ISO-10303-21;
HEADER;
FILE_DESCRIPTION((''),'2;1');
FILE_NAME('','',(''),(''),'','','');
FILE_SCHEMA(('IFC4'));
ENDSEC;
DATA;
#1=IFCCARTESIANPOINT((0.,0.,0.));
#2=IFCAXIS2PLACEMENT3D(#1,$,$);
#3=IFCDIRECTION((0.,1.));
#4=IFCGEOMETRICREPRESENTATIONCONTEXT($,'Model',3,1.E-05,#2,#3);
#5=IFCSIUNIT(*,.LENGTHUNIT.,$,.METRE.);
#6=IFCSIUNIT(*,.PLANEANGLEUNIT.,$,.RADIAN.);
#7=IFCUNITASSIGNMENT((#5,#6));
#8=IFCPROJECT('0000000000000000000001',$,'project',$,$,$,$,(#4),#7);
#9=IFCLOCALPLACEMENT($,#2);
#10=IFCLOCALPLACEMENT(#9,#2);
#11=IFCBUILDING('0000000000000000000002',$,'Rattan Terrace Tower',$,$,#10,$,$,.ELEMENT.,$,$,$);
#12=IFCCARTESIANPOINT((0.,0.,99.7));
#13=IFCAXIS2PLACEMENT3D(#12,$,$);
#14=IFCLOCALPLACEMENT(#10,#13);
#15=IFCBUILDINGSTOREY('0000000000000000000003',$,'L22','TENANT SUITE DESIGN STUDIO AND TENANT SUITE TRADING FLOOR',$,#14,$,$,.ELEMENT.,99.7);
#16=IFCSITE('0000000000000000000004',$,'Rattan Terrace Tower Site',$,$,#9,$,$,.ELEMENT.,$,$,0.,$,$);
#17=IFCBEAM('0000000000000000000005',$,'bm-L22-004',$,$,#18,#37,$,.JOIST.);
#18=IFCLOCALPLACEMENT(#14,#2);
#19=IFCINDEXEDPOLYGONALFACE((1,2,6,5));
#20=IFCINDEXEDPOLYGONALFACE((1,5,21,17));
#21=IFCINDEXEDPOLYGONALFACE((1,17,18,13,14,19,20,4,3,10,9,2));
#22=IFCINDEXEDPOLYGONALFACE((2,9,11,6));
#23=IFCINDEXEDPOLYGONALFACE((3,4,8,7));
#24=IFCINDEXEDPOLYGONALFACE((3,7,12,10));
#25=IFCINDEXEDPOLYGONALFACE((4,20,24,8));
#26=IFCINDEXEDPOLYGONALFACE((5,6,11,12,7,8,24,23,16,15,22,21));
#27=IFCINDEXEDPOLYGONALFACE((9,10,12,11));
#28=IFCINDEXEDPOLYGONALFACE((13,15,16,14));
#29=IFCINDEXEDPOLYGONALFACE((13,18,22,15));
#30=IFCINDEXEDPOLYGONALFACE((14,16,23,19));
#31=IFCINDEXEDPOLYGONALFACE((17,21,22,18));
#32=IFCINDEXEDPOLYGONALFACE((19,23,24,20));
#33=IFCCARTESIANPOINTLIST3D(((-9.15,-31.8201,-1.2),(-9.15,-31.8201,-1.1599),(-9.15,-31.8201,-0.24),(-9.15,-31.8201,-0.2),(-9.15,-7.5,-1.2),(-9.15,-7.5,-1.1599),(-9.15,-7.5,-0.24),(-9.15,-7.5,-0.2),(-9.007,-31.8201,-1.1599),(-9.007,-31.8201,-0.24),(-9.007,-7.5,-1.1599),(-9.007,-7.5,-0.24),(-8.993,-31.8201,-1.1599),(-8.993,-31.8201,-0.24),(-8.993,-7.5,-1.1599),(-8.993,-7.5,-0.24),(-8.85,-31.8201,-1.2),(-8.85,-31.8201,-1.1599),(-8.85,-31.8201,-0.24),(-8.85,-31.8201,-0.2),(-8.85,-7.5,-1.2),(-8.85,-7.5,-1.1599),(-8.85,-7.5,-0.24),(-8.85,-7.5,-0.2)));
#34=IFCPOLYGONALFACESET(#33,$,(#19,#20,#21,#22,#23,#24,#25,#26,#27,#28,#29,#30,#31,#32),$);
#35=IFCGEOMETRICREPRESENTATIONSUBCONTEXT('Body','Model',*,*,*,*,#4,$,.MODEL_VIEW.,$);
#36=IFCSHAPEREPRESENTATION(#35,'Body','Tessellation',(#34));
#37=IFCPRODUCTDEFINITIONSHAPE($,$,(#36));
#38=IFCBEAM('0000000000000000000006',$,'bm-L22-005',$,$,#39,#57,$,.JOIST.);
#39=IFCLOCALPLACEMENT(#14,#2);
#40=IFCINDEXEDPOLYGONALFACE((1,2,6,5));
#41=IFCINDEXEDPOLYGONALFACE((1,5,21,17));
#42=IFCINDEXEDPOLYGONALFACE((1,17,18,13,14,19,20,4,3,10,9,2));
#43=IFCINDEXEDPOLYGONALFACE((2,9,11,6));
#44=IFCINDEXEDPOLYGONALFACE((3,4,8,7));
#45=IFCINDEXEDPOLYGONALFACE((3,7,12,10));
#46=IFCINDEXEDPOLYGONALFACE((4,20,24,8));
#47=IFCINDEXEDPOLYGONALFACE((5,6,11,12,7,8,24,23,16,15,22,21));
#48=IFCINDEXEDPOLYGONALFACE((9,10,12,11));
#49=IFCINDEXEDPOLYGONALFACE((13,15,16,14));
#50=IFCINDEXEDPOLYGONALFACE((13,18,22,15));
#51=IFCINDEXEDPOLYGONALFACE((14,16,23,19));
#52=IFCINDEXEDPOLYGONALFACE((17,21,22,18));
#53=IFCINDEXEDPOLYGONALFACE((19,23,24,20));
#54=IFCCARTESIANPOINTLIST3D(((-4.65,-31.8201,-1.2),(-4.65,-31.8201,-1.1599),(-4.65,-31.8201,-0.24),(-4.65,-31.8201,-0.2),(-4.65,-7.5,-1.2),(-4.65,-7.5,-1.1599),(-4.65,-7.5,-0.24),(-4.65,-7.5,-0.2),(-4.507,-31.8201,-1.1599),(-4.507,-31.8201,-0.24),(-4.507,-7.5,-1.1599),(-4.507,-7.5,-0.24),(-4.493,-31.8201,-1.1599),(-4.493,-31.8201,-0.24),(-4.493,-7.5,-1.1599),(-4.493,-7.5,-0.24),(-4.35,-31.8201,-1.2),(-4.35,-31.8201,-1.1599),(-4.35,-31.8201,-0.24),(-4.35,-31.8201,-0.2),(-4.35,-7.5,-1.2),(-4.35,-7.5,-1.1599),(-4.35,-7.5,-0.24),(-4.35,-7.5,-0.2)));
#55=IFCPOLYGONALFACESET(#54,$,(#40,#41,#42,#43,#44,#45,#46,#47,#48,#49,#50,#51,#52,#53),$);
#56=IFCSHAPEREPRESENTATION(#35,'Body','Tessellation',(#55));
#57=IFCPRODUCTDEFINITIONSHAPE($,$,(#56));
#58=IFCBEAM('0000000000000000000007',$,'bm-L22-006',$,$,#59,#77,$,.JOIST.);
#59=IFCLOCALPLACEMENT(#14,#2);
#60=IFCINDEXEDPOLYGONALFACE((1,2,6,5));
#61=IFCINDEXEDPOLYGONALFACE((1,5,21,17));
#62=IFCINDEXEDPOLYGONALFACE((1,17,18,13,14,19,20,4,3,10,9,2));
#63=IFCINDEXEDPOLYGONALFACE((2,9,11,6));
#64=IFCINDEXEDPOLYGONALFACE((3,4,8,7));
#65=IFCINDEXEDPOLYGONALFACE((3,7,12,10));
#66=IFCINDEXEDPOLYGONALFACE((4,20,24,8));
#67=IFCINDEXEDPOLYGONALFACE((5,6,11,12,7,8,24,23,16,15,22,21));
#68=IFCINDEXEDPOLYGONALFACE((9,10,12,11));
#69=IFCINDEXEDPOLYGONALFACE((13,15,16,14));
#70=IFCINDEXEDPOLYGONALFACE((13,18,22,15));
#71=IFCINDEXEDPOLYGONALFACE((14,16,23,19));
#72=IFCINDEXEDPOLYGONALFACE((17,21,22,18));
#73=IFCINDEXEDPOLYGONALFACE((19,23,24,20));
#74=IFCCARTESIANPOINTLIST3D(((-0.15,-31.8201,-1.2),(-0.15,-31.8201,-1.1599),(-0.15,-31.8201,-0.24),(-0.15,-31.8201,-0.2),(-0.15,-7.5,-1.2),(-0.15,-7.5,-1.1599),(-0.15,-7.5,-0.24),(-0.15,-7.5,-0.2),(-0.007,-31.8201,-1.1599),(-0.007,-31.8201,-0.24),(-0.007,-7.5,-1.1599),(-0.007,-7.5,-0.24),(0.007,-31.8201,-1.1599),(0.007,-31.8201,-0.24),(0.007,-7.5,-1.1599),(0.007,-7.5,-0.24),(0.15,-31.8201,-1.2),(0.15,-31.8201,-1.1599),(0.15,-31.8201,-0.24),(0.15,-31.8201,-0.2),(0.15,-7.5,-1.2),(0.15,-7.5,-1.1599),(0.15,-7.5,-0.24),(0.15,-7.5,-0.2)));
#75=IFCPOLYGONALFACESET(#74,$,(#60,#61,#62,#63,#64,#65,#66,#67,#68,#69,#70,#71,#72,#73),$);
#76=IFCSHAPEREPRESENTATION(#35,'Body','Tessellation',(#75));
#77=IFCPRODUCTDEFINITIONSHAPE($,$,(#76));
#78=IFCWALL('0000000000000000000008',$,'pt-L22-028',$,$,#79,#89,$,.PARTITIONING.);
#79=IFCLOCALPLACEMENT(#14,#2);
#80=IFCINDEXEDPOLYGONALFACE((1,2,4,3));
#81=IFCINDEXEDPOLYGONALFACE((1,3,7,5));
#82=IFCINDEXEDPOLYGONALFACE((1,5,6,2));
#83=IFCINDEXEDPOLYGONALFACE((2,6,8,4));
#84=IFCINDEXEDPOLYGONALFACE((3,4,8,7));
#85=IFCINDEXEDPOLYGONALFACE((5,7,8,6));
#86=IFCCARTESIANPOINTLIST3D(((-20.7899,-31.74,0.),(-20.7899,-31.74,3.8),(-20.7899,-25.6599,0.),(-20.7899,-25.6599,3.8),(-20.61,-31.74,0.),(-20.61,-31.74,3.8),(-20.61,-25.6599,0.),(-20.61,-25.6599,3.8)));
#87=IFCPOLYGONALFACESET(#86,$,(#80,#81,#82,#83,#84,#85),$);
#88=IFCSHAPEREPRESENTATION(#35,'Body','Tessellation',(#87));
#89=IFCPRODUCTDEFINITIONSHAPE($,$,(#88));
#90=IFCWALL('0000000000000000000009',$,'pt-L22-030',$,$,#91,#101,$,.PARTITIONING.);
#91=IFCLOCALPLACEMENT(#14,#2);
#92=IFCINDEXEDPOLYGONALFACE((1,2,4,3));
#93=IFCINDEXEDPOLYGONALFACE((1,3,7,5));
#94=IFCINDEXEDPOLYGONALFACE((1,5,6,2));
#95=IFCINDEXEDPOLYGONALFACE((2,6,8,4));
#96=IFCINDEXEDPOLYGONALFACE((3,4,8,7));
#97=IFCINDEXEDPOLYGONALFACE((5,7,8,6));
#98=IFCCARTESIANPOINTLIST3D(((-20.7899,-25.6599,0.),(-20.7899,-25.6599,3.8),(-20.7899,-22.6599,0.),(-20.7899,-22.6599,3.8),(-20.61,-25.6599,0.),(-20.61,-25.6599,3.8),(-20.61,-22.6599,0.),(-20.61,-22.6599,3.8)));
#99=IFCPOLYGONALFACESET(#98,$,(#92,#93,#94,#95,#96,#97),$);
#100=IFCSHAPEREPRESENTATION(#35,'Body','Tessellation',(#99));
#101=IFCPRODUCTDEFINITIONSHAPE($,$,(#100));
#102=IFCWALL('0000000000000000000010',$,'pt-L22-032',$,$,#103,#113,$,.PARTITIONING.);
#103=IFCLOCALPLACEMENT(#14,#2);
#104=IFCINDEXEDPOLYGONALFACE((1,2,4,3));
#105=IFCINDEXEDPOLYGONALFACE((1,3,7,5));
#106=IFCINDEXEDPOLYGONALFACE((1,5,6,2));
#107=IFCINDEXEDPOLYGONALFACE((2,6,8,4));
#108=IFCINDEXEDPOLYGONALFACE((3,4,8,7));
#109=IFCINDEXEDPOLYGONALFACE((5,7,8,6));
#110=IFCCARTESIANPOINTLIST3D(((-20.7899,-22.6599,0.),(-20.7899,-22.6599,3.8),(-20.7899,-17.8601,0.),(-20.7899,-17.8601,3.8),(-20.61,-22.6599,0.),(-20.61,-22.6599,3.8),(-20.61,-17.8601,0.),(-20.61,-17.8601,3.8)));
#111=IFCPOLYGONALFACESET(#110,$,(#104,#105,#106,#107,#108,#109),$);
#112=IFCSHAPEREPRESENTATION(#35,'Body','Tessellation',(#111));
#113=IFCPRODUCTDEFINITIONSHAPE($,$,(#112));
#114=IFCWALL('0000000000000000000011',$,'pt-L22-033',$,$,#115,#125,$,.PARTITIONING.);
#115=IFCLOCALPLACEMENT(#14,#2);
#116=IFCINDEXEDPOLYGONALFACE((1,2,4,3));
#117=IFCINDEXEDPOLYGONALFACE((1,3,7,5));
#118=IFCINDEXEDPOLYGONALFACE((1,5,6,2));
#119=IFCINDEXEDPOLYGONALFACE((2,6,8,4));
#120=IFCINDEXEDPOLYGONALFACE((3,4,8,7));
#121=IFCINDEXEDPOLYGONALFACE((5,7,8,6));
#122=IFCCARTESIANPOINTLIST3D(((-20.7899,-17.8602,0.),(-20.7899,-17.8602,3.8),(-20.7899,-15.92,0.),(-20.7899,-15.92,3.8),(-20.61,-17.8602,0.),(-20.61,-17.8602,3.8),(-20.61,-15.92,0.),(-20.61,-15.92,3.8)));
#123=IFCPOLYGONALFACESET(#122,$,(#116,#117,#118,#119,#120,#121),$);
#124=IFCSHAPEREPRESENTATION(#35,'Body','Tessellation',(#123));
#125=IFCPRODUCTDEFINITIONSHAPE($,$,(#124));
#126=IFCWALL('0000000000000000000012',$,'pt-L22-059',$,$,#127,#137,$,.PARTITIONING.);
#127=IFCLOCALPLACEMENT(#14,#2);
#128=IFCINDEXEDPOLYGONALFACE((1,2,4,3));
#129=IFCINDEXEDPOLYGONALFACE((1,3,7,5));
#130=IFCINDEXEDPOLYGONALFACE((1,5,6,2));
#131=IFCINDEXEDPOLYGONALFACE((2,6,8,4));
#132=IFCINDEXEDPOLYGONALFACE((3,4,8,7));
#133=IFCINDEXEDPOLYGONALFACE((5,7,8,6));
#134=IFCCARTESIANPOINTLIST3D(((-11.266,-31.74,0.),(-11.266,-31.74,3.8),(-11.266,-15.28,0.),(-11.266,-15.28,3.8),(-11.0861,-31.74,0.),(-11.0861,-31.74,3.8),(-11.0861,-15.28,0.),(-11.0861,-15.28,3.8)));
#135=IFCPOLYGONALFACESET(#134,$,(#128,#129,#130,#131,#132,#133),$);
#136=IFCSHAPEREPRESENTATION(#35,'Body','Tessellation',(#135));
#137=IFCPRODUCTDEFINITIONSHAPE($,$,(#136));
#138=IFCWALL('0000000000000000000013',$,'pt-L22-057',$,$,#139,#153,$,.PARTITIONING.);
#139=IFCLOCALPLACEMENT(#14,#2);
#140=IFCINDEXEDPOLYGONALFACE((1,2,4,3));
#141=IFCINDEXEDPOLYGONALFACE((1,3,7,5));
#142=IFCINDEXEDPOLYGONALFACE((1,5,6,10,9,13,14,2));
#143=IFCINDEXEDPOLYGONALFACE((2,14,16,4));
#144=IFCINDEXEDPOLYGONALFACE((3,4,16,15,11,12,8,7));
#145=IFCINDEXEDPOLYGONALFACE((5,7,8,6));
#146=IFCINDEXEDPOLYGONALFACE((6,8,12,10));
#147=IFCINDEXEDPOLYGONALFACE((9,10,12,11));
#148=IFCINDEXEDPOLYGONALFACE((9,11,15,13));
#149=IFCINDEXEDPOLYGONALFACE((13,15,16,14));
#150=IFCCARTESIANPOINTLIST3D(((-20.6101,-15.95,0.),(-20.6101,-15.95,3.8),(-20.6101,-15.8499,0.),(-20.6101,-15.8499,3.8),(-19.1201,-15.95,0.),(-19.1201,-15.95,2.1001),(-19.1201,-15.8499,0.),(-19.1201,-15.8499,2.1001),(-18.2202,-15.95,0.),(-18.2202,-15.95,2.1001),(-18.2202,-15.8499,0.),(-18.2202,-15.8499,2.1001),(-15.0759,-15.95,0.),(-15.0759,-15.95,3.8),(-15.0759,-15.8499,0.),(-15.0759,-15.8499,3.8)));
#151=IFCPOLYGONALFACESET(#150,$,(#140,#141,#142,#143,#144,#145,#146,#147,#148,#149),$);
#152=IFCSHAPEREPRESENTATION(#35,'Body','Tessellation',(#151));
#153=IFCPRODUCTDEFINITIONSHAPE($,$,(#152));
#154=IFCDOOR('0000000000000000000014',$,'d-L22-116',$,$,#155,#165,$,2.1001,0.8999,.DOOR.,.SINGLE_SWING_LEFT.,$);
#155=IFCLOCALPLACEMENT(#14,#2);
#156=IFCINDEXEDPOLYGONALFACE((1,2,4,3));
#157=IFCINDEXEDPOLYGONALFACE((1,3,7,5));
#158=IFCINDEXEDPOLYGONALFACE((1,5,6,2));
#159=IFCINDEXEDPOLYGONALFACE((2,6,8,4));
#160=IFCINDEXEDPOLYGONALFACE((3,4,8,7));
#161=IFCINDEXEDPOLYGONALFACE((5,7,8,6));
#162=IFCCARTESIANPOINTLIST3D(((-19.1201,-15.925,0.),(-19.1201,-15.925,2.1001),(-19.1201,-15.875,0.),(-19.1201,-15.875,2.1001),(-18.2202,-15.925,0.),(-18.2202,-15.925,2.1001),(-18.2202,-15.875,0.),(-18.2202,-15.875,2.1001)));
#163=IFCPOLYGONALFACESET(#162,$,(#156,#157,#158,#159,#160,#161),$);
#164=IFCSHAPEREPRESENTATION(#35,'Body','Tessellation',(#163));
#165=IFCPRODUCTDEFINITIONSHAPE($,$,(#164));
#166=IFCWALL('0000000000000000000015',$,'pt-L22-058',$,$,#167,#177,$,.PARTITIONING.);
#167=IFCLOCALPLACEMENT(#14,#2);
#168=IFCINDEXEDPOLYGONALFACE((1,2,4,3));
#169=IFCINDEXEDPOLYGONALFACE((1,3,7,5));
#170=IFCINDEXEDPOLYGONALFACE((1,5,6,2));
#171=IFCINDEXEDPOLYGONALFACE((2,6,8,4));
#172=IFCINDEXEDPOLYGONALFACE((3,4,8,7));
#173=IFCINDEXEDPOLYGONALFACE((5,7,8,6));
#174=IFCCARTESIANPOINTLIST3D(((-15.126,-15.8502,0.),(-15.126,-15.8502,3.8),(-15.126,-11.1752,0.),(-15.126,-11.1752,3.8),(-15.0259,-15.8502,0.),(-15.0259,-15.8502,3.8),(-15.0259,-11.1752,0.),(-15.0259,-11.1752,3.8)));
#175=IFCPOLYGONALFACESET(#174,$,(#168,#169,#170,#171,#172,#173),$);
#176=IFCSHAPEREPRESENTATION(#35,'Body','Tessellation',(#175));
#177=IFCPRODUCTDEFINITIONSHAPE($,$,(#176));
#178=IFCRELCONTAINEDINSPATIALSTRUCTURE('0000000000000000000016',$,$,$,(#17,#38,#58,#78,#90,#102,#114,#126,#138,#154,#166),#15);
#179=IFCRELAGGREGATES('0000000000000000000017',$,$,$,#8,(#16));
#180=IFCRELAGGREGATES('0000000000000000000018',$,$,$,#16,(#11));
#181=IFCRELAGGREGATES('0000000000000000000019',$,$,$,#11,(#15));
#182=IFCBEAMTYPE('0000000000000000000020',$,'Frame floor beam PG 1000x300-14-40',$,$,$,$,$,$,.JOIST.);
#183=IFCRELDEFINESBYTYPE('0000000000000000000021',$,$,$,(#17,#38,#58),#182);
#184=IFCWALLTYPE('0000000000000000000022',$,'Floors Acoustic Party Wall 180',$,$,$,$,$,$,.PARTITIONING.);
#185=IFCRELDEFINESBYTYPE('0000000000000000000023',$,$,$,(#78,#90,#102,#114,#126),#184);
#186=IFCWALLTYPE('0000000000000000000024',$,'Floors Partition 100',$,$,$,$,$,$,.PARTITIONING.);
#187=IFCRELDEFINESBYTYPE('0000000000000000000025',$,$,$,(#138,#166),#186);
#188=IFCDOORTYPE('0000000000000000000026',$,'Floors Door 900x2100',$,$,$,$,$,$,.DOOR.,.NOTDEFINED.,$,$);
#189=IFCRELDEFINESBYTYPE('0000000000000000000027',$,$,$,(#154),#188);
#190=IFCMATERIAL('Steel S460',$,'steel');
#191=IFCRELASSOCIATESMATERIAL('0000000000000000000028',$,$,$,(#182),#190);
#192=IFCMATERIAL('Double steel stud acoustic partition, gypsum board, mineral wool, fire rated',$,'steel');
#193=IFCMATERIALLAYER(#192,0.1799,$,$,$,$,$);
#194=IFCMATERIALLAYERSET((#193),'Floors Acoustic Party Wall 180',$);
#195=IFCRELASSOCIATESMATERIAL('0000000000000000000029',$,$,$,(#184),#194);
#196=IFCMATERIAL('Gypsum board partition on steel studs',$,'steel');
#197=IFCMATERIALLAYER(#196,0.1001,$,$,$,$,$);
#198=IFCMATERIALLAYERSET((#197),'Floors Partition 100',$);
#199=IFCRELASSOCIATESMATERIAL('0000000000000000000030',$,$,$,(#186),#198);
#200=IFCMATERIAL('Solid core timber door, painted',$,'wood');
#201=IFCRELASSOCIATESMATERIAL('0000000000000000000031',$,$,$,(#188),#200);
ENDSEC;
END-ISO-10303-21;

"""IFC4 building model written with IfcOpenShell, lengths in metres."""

from ifc_helpers import new_model, si_unit, direction, frame, frame_2d, origin, origin_2d, place, context, subcontext, project, spatial, rectangle, i_section, extrude, material, layer, layer_set, material_profile, profile_set, type_object, element, fill, save


model = new_model("IFC4")

# Units and contexts
model_context = context("Model", 3, precision=1e-05, world=origin(), true_north=direction((0.0, 1.0)))
body_context = subcontext(model_context, "Body", "Model", "MODEL_VIEW")
ifc_project = project(units=[si_unit("LENGTHUNIT", "METRE"), si_unit("PLANEANGLEUNIT", "RADIAN")], contexts=[model_context])

# Site, building, storey
site_placement = place(None, origin())
site = spatial("IfcSite", under=ifc_project, at=site_placement, Name="Rattan Terrace Tower Site", CompositionType="ELEMENT", RefElevation=0.0)
building_placement = place(site_placement, origin())
building = spatial("IfcBuilding", under=site, at=building_placement, Name="Rattan Terrace Tower", CompositionType="ELEMENT")
storey_placement = place(building_placement, frame((0.0, 0.0, 99.7)))
storey = spatial("IfcBuildingStorey", under=building, at=storey_placement, Name="L22", Description="TENANT SUITE DESIGN STUDIO AND TENANT SUITE TRADING FLOOR", CompositionType="ELEMENT", Elevation=99.7)

# Beams
ifc_material_1 = material(Name="Steel S460", Category="steel")
ifc_material_profile = material_profile(ifc_material_1, i_section(OverallWidth=0.3, OverallDepth=1.0, WebThickness=0.0139, FlangeThickness=0.04, at=origin_2d()), Name="PG 1000x300-14-40")
ifc_profile_set = profile_set([ifc_material_profile], Name="Steel S460")
beam_type = type_object("IfcBeamType", Name="Frame floor beam PG 1000x300-14-40", PredefinedType="JOIST", material=ifc_profile_set)
for number, where, z_axis, x_axis, name in (
    (1, (-9.0, -31.8201, -0.7), (0.0, 1.0, 0.0), (-1.0, 0.0, 0.0), "bm-L22-004"),
    (2, (-4.5, -31.8201, -0.7), (0.0, 1.0, 0.0), (-1.0, 0.0, 0.0), "bm-L22-005"),
    (3, (0.0, -31.8201, -0.7), (0.0, 1.0, 0.0), (-1.0, 0.0, 0.0), "bm-L22-006"),
):
    element("IfcBeam", number, at=place(storey_placement, frame(where, z_axis=z_axis, x_axis=x_axis)), inside=storey, type_object=beam_type, Name=name, PredefinedType="JOIST", context=body_context, shape_type="SweptSolid", body=[
        extrude(i_section(OverallWidth=0.3, OverallDepth=1.0, WebThickness=0.0139, FlangeThickness=0.04, at=origin_2d()), origin(), (0.0, 0.0, 1.0), 24.3201),
    ])

# Walls
ifc_material_2 = material(Name="Double steel stud acoustic partition, gypsum board, mineral wool, fire rated", Category="steel")
ifc_layer_1 = layer(ifc_material_2, 0.1799)
ifc_layer_set_1 = layer_set([ifc_layer_1], Name="Floors Acoustic Party Wall 180")
wall_type_1 = type_object("IfcWallType", Name="Floors Acoustic Party Wall 180", PredefinedType="PARTITIONING", material=ifc_layer_set_1)
wall_1_placement = place(storey_placement, frame((-20.7, -25.6599, 0.0), z_axis=(0.0, 0.0, 1.0), x_axis=(0.0, -1.0, 0.0)))
element("IfcWall", 4, at=wall_1_placement, inside=storey, type_object=wall_type_1, Name="pt-L22-028", PredefinedType="PARTITIONING", context=body_context, shape_type="SweptSolid", body=[
    extrude(rectangle(XDim=6.0801, YDim=0.1799, at=frame_2d((3.04, 0.0))), origin(), (0.0, 0.0, 1.0), 3.8),
])
wall_2_placement = place(storey_placement, frame((-20.7, -22.6599, 0.0), z_axis=(0.0, 0.0, 1.0), x_axis=(0.0, -1.0, 0.0)))
element("IfcWall", 5, at=wall_2_placement, inside=storey, type_object=wall_type_1, Name="pt-L22-030", PredefinedType="PARTITIONING", context=body_context, shape_type="SweptSolid", body=[
    extrude(rectangle(XDim=3.0, YDim=0.1799, at=frame_2d((1.5, 0.0))), origin(), (0.0, 0.0, 1.0), 3.8),
])
wall_3_placement = place(storey_placement, frame((-20.7, -17.8601, 0.0), z_axis=(0.0, 0.0, 1.0), x_axis=(0.0, -1.0, 0.0)))
element("IfcWall", 6, at=wall_3_placement, inside=storey, type_object=wall_type_1, Name="pt-L22-032", PredefinedType="PARTITIONING", context=body_context, shape_type="SweptSolid", body=[
    extrude(rectangle(XDim=4.7998, YDim=0.1799, at=frame_2d((2.3999, 0.0))), origin(), (0.0, 0.0, 1.0), 3.8),
])
wall_4_placement = place(storey_placement, frame((-20.7, -15.9199, 0.0), z_axis=(0.0, 0.0, 1.0), x_axis=(0.0, -1.0, 0.0)))
element("IfcWall", 7, at=wall_4_placement, inside=storey, type_object=wall_type_1, Name="pt-L22-033", PredefinedType="PARTITIONING", context=body_context, shape_type="SweptSolid", body=[
    extrude(rectangle(XDim=1.9402, YDim=0.1799, at=frame_2d((0.9702, 0.0))), origin(), (0.0, 0.0, 1.0), 3.8),
])
wall_5_placement = place(storey_placement, frame((-11.176, -15.28, 0.0), z_axis=(0.0, 0.0, 1.0), x_axis=(0.0, -1.0, 0.0)))
element("IfcWall", 8, at=wall_5_placement, inside=storey, type_object=wall_type_1, Name="pt-L22-059", PredefinedType="PARTITIONING", context=body_context, shape_type="SweptSolid", body=[
    extrude(rectangle(XDim=16.46, YDim=0.1799, at=frame_2d((8.23, 0.0))), origin(), (0.0, 0.0, 1.0), 3.8),
])

# Wall, opening, door
ifc_material_3 = material(Name="Gypsum board partition on steel studs", Category="steel")
ifc_layer_2 = layer(ifc_material_3, 0.1001)
ifc_layer_set_2 = layer_set([ifc_layer_2], Name="Floors Partition 100")
wall_type_2 = type_object("IfcWallType", Name="Floors Partition 100", PredefinedType="PARTITIONING", material=ifc_layer_set_2)
wall_6_placement = place(storey_placement, frame((-20.6101, -15.8999, 0.0), z_axis=(0.0, 0.0, 1.0), x_axis=(1.0, 0.0, 0.0)))
wall_6 = element("IfcWall", 9, at=wall_6_placement, inside=storey, type_object=wall_type_2, Name="pt-L22-057", PredefinedType="PARTITIONING", context=body_context, shape_type="SweptSolid", body=[
    extrude(rectangle(XDim=5.5342, YDim=0.1001, at=frame_2d((2.7671, 0.0))), origin(), (0.0, 0.0, 1.0), 3.8),
])
opening_1_placement = place(wall_6_placement, frame((1.49, 0.0, 0.0)))
opening_1 = element("IfcOpeningElement", 10, at=opening_1_placement, cuts=wall_6, PredefinedType="OPENING", context=body_context, shape_type="SweptSolid", body=[
    extrude(rectangle(XDim=0.8999, YDim=2.1001, at=frame_2d((0.45, 1.05))), frame((0.0, 0.0605, 0.0), z_axis=(0.0, -1.0, 0.0), x_axis=(1.0, 0.0, 0.0)), (0.0, 0.0, 1.0), 0.1211),
])
ifc_material_4 = material(Name="Solid core timber door, painted", Category="wood")
door_type = type_object("IfcDoorType", Name="Floors Door 900x2100", OperationType="NOTDEFINED", PredefinedType="DOOR", material=ifc_material_4)
door_1_placement = place(opening_1_placement, origin())
door_1 = element("IfcDoor", 11, at=door_1_placement, inside=storey, type_object=door_type, Name="d-L22-116", OperationType="SINGLE_SWING_LEFT", OverallHeight=2.1001, OverallWidth=0.8999, PredefinedType="DOOR", context=body_context, shape_type="SweptSolid", body=[
    extrude(rectangle(XDim=0.8999, YDim=2.1001, at=frame_2d((0.45, 1.05))), frame((0.0, 0.0249, 0.0), z_axis=(0.0, -1.0, 0.0), x_axis=(1.0, 0.0, 0.0)), (0.0, 0.0, 1.0), 0.05),
])
fill(opening_1, door_1)

# Wall
wall_7_placement = place(storey_placement, frame((-15.0759, -15.8501, 0.0), z_axis=(0.0, 0.0, 1.0), x_axis=(0.0, 1.0, 0.0)))
element("IfcWall", 12, at=wall_7_placement, inside=storey, type_object=wall_type_2, Name="pt-L22-058", PredefinedType="PARTITIONING", context=body_context, shape_type="SweptSolid", body=[
    extrude(rectangle(XDim=4.675, YDim=0.1001, at=frame_2d((2.3374, 0.0))), origin(), (0.0, 0.0, 1.0), 3.8),
])

save(model, "model.ifc")
